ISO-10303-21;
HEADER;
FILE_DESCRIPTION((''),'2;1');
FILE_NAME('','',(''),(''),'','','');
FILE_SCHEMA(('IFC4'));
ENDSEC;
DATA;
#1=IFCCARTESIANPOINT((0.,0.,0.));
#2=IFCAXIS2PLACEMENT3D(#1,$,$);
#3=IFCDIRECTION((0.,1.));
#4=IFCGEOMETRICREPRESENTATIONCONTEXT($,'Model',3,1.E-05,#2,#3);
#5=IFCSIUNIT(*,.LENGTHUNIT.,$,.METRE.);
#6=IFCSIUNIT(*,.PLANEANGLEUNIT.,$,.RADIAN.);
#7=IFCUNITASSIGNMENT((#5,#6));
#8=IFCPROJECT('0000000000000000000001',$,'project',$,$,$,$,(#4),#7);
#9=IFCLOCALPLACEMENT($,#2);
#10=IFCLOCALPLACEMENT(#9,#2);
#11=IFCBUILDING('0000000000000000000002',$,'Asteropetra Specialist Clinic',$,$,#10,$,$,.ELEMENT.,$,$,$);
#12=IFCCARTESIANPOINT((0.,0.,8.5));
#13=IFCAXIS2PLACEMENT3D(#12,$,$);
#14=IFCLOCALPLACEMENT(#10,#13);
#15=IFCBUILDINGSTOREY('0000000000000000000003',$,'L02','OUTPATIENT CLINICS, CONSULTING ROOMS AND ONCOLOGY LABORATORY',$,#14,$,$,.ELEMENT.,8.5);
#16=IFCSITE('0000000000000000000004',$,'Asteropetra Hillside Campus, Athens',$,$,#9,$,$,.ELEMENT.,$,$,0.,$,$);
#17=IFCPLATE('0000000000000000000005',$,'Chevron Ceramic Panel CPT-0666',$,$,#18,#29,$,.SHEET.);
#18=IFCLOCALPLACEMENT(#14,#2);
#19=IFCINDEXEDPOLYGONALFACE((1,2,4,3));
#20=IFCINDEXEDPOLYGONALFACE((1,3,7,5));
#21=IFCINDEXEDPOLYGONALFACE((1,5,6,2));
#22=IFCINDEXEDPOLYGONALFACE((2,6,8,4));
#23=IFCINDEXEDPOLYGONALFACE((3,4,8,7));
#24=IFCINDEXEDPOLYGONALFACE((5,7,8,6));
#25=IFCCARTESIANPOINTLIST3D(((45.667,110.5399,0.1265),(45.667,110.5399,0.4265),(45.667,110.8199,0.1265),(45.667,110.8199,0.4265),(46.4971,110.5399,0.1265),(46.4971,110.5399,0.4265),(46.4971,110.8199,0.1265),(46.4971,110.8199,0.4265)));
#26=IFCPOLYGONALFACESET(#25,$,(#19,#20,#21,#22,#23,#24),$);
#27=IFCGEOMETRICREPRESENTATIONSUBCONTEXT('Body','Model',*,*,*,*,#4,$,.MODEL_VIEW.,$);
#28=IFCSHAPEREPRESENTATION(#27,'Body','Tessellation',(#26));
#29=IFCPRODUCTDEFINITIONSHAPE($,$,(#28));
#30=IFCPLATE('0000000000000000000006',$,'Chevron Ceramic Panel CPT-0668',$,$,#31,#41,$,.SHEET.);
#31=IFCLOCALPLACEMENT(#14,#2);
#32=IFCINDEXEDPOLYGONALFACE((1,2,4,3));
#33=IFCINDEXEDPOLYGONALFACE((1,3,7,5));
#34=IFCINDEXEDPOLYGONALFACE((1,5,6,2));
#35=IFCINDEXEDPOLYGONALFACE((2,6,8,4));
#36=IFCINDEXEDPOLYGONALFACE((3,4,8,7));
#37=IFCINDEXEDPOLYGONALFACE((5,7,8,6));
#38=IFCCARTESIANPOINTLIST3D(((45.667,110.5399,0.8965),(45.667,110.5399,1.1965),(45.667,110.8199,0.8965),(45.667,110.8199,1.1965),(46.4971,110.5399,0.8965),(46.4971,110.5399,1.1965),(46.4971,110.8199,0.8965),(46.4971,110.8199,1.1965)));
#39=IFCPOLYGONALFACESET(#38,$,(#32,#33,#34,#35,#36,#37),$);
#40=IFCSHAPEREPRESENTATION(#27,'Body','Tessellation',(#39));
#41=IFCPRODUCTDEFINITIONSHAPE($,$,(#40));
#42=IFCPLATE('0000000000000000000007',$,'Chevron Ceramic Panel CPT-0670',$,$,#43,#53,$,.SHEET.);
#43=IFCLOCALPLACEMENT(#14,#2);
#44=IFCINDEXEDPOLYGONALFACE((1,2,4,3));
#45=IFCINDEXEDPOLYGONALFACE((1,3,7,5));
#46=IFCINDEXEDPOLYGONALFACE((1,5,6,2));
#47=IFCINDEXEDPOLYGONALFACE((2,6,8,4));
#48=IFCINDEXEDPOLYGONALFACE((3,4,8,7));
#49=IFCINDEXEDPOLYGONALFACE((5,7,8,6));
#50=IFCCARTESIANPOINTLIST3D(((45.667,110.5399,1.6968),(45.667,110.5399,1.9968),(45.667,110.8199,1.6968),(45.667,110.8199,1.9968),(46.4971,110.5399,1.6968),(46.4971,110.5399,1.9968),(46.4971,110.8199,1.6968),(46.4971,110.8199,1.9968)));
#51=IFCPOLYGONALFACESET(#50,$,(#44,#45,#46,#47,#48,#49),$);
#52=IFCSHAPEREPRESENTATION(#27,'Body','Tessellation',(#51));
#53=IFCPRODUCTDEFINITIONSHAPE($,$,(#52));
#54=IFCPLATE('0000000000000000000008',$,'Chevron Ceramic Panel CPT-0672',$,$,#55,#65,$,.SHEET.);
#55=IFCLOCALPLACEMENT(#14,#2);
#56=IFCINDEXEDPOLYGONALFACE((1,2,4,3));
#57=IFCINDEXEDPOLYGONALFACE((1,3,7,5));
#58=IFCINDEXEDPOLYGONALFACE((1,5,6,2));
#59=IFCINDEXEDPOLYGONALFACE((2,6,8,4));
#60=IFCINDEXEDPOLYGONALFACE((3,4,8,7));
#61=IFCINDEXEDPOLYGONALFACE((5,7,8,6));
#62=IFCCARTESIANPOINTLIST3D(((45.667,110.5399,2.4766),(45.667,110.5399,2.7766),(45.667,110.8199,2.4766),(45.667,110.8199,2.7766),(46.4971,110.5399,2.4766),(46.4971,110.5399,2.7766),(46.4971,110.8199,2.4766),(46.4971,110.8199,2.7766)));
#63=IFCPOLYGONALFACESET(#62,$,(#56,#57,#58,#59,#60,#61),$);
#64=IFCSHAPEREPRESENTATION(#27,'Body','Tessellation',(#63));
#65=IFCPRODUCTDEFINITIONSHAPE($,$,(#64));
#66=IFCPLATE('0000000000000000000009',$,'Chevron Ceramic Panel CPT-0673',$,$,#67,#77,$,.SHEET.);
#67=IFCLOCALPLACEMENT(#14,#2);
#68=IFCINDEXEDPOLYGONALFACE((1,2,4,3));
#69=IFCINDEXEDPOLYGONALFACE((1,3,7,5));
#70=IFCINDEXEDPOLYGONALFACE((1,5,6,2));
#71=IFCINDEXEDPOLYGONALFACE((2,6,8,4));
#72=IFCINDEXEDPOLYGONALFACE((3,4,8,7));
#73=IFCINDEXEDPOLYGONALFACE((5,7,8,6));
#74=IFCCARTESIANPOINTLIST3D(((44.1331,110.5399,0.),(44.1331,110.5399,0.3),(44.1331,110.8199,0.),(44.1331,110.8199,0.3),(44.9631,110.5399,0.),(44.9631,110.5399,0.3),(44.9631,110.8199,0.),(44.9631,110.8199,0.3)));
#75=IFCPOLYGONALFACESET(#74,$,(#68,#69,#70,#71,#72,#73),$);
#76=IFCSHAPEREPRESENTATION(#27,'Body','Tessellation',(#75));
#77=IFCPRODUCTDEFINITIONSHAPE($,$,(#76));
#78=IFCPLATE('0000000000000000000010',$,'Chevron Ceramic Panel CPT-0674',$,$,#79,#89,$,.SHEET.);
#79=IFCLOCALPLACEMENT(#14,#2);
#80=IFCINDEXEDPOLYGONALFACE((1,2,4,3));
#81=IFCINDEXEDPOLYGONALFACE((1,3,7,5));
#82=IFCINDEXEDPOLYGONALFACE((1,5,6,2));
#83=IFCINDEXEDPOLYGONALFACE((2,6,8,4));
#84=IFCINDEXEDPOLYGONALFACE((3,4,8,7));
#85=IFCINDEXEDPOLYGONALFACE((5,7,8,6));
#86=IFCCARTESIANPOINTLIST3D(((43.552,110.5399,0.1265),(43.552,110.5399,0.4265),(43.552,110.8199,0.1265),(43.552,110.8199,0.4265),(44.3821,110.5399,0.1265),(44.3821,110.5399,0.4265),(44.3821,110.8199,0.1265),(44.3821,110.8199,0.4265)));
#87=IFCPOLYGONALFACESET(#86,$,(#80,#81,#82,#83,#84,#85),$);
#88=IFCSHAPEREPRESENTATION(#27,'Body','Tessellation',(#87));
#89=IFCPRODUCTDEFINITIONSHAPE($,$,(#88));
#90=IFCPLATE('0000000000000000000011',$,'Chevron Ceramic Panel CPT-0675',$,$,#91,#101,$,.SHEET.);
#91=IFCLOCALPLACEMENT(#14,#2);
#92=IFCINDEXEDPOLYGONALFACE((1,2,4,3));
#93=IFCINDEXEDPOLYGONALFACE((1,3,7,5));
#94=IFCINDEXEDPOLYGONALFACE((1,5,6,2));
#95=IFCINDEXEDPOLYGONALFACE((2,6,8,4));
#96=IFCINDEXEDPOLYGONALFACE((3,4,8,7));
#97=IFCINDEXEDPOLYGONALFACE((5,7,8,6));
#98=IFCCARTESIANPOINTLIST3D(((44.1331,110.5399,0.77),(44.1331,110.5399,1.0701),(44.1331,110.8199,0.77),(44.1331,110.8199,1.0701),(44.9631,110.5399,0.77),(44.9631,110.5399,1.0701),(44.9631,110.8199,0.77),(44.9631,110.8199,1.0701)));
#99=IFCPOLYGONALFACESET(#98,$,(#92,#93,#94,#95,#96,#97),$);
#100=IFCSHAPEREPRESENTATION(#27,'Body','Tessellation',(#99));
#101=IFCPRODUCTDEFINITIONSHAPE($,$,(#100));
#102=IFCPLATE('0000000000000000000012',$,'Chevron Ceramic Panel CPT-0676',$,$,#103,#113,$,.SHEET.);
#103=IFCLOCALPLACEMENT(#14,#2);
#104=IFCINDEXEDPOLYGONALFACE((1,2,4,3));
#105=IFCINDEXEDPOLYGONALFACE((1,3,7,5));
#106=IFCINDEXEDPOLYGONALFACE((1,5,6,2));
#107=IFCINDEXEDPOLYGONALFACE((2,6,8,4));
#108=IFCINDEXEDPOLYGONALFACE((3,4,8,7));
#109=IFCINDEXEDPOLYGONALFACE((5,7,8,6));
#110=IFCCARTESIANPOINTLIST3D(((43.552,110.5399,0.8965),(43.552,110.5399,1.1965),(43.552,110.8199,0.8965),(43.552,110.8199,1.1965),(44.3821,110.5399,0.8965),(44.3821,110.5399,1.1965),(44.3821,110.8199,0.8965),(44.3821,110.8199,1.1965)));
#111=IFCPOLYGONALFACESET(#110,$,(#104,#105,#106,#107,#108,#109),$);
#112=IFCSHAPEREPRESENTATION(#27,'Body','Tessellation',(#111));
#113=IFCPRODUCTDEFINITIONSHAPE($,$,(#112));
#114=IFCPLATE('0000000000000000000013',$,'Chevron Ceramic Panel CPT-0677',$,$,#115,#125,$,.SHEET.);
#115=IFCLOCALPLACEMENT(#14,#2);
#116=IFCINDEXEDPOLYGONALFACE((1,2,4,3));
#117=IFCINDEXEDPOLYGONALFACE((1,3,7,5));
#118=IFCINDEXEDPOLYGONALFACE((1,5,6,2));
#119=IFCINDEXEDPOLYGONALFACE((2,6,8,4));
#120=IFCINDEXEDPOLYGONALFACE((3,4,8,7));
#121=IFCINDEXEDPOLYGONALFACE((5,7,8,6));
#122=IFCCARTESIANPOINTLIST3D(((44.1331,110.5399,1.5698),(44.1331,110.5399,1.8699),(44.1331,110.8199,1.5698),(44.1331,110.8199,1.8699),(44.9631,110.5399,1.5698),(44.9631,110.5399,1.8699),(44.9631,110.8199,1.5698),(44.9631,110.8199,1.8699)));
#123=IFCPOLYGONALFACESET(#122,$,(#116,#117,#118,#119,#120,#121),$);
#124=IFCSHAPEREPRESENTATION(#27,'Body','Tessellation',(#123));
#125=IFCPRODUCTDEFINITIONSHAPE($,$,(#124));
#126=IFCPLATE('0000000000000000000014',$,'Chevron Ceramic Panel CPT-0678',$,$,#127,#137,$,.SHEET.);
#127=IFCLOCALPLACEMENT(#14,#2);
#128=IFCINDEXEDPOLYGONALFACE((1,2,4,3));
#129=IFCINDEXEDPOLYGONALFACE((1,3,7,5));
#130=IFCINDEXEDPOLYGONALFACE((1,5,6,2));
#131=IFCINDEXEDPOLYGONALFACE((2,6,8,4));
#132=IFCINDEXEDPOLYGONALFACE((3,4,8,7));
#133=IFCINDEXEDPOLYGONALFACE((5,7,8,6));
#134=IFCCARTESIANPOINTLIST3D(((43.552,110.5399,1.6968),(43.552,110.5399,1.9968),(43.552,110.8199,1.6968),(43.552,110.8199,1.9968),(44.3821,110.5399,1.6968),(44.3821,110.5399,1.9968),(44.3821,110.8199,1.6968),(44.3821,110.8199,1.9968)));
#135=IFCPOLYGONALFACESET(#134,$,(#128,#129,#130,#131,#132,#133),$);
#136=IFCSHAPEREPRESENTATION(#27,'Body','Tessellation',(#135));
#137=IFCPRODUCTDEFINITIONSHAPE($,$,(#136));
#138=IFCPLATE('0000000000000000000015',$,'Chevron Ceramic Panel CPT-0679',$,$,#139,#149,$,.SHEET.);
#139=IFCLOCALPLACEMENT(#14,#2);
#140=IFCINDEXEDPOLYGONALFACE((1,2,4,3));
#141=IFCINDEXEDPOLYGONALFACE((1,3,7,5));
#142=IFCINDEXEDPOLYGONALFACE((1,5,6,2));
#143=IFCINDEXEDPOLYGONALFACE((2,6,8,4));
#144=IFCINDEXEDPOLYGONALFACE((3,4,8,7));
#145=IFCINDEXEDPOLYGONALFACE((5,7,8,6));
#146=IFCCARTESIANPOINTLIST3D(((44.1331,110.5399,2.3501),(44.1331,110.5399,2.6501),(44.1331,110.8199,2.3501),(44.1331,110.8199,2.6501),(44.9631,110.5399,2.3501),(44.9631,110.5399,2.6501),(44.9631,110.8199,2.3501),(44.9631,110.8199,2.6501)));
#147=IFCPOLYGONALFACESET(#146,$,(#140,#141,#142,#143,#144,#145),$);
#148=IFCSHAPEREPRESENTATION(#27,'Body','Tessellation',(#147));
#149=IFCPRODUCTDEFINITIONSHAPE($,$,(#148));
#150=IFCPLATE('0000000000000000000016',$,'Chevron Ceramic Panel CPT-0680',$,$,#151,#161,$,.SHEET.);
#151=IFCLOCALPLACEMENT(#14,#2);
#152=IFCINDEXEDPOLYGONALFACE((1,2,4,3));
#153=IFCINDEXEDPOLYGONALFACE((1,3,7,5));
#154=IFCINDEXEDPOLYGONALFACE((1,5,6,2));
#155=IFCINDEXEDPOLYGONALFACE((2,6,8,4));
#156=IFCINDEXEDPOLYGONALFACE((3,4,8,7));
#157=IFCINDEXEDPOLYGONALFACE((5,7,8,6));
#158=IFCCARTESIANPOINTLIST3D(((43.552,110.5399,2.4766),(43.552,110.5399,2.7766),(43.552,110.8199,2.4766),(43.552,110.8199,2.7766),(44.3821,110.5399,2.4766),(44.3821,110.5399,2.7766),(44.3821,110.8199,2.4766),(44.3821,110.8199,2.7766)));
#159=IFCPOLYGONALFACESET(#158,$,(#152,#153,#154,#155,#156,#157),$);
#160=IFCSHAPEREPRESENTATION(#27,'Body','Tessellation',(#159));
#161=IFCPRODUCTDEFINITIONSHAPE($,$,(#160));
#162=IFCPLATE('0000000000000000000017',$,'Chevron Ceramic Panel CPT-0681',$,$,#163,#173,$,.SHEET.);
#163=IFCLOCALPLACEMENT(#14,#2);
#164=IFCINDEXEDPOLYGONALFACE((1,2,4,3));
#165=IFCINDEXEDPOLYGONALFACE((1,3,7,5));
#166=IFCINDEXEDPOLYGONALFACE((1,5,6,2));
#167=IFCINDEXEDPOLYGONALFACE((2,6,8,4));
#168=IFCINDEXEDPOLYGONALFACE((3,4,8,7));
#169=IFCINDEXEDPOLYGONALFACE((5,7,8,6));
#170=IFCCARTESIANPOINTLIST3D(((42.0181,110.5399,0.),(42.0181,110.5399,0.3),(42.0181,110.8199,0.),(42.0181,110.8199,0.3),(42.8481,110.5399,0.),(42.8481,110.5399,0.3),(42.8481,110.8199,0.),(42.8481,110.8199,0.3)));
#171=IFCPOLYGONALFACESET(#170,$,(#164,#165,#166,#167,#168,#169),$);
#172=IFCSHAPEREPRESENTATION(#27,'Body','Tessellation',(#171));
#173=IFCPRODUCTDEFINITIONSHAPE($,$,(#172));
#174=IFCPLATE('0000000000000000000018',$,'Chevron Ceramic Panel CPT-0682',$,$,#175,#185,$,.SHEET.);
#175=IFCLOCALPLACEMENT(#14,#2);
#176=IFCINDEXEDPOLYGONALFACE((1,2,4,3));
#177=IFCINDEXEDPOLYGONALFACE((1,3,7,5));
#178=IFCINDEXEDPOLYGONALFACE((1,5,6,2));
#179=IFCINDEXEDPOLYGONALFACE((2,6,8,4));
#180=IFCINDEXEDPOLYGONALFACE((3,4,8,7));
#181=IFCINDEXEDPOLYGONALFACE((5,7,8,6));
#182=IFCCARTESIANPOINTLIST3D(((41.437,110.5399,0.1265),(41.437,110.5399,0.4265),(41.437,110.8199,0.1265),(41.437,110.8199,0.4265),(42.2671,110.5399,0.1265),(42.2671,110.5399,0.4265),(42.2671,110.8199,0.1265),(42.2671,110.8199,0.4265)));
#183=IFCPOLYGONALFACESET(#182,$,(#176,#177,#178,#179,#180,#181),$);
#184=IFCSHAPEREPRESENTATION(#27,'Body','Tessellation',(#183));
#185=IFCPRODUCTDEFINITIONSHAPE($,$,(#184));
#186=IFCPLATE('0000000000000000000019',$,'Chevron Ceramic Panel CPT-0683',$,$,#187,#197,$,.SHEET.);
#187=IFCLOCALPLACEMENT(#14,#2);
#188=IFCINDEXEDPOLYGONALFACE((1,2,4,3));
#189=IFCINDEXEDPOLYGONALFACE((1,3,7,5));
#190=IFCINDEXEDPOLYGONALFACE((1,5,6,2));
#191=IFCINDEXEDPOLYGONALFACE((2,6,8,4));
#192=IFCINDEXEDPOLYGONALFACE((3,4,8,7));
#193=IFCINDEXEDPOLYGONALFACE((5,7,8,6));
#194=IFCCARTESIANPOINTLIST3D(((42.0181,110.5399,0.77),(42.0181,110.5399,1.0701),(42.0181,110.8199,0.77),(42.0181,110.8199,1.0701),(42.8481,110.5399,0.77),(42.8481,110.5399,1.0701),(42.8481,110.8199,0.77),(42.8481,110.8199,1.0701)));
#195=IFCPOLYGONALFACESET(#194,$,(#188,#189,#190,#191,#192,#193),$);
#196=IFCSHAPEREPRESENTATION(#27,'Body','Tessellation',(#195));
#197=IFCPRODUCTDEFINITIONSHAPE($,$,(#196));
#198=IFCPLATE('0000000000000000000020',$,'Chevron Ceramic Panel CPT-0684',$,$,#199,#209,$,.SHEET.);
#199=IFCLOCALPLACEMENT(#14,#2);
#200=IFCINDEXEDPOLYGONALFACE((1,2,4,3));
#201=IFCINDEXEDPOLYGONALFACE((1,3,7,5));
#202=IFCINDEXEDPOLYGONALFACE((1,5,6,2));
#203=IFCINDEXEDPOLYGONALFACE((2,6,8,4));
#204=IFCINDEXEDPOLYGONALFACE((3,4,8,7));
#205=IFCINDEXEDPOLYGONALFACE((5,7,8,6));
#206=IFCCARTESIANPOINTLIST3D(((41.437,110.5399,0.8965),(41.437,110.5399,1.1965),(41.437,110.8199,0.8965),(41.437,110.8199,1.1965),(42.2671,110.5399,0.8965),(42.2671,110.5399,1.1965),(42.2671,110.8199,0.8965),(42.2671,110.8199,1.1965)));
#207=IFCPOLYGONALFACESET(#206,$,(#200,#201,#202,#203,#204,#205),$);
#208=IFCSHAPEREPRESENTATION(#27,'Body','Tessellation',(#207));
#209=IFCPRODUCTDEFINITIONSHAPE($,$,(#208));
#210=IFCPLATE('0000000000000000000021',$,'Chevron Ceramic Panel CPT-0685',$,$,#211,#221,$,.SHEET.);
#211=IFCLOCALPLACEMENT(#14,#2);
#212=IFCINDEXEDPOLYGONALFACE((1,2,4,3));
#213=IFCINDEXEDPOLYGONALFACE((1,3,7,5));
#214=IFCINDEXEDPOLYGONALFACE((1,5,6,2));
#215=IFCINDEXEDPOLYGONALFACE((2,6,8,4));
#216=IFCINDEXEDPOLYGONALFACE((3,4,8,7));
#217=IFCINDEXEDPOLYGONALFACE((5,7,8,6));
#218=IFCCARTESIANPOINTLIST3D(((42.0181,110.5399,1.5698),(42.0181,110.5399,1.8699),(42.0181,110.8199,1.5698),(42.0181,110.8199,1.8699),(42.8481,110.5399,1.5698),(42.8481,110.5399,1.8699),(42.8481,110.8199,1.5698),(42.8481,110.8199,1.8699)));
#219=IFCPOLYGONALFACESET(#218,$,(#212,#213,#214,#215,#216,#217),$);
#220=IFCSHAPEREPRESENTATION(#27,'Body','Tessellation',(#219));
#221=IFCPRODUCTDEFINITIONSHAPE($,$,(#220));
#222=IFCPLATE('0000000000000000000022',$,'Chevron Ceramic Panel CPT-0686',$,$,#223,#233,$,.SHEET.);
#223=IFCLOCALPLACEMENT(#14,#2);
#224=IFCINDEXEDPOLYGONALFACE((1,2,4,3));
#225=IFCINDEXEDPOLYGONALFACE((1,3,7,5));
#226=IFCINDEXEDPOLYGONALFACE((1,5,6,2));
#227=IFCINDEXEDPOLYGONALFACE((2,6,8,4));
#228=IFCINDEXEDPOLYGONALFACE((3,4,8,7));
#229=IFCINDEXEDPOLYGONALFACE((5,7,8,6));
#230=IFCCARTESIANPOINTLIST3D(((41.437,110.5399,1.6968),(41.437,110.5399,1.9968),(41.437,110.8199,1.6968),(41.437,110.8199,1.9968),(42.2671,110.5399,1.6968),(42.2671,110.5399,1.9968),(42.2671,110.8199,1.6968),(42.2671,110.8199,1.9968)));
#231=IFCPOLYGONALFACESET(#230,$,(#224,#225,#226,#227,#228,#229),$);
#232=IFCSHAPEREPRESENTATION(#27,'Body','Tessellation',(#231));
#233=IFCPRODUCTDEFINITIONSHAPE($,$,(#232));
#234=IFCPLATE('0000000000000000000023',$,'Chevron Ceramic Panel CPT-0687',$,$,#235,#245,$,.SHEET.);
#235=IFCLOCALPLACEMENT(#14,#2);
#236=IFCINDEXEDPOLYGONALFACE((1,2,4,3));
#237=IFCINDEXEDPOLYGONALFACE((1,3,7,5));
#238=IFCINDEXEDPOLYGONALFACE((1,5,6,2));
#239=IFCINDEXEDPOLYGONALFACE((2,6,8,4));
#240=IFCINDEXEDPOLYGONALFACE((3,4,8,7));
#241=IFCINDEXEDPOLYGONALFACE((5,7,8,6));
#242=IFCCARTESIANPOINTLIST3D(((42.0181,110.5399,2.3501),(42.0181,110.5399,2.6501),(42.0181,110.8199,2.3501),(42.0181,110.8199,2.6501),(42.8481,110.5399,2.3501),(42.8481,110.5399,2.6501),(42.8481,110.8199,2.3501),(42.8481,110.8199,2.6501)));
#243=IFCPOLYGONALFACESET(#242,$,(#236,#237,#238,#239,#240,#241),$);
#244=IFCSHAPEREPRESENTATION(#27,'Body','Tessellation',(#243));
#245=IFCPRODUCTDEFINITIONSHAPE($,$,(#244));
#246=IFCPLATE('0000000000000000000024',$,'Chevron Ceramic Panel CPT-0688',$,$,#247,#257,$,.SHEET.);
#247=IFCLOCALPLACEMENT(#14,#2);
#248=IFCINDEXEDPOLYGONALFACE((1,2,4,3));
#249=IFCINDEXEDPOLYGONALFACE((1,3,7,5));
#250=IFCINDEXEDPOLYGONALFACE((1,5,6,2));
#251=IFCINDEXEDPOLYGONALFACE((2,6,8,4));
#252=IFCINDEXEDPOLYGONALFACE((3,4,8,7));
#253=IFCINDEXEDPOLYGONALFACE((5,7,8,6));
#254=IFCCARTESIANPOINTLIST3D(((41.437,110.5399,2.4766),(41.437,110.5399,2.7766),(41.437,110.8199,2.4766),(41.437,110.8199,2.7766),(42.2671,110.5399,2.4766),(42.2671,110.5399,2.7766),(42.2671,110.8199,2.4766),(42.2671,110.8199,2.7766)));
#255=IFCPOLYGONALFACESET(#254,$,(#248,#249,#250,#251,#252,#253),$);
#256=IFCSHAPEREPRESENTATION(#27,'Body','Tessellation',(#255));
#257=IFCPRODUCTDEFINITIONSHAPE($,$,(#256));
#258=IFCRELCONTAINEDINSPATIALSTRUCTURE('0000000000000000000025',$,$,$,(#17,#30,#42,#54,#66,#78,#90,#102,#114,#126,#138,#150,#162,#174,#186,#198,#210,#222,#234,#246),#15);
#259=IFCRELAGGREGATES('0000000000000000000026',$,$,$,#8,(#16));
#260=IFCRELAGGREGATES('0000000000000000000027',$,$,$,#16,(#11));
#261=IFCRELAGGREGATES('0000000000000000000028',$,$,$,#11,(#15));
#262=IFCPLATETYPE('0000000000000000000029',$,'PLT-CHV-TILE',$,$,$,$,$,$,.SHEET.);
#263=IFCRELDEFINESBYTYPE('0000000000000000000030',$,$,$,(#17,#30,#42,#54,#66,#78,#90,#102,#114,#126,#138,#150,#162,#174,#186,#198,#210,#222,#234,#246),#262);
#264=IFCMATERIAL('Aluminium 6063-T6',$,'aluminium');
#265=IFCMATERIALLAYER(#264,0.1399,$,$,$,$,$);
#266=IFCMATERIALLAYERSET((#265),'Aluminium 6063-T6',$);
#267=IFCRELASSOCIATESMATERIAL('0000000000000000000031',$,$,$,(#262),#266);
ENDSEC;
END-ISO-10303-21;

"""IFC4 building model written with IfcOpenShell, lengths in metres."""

from ifc_helpers import new_model, si_unit, direction, frame, origin, origin_2d, place, context, subcontext, project, spatial, rectangle, extrude, material, layer, layer_set, type_object, element, save


model = new_model("IFC4")

# Units and contexts
model_context = context("Model", 3, precision=1e-05, world=origin(), true_north=direction((0.0, 1.0)))
body_context = subcontext(model_context, "Body", "Model", "MODEL_VIEW")
ifc_project = project(units=[si_unit("LENGTHUNIT", "METRE"), si_unit("PLANEANGLEUNIT", "RADIAN")], contexts=[model_context])

# Site, building, storey
site_placement = place(None, origin())
site = spatial("IfcSite", under=ifc_project, at=site_placement, Name="Asteropetra Hillside Campus, Athens", CompositionType="ELEMENT", RefElevation=0.0)
building_placement = place(site_placement, origin())
building = spatial("IfcBuilding", under=site, at=building_placement, Name="Asteropetra Specialist Clinic", CompositionType="ELEMENT")
storey_placement = place(building_placement, frame((0.0, 0.0, 8.5)))
storey = spatial("IfcBuildingStorey", under=building, at=storey_placement, Name="L02", Description="OUTPATIENT CLINICS, CONSULTING ROOMS AND ONCOLOGY LABORATORY", CompositionType="ELEMENT", Elevation=8.5)

# Plates
ifc_material_1 = material(Name="Aluminium 6063-T6", Category="aluminium")
ifc_layer_1 = layer(ifc_material_1, 0.1399)
ifc_layer_set_1 = layer_set([ifc_layer_1], Name="Aluminium 6063-T6")
plate_type = type_object("IfcPlateType", Name="PLT-CHV-TILE", PredefinedType="SHEET", material=ifc_layer_set_1)
for number, where, z_axis, x_axis, name in (
    (1, (46.082, 110.6799, 0.1265), (0.0, 0.0, 1.0), (1.0, 0.0, 0.0), "Chevron Ceramic Panel CPT-0666"),
    (2, (46.082, 110.6799, 0.8965), (0.0, 0.0, 1.0), (1.0, 0.0, 0.0), "Chevron Ceramic Panel CPT-0668"),
    (3, (46.082, 110.6799, 1.6968), (0.0, 0.0, 1.0), (1.0, 0.0, 0.0), "Chevron Ceramic Panel CPT-0670"),
    (4, (46.082, 110.6799, 2.4766), (0.0, 0.0, 1.0), (1.0, 0.0, 0.0), "Chevron Ceramic Panel CPT-0672"),
    (5, (44.5481, 110.6799, 0.0), (0.0, 0.0, 1.0), (1.0, 0.0, 0.0), "Chevron Ceramic Panel CPT-0673"),
    (6, (43.967, 110.6799, 0.1265), (0.0, 0.0, 1.0), (1.0, 0.0, 0.0), "Chevron Ceramic Panel CPT-0674"),
    (7, (44.5481, 110.6799, 0.77), (0.0, 0.0, 1.0), (1.0, 0.0, 0.0), "Chevron Ceramic Panel CPT-0675"),
    (8, (43.967, 110.6799, 0.8965), (0.0, 0.0, 1.0), (1.0, 0.0, 0.0), "Chevron Ceramic Panel CPT-0676"),
    (9, (44.5481, 110.6799, 1.5698), (0.0, 0.0, 1.0), (1.0, 0.0, 0.0), "Chevron Ceramic Panel CPT-0677"),
    (10, (43.967, 110.6799, 1.6968), (0.0, 0.0, 1.0), (1.0, 0.0, 0.0), "Chevron Ceramic Panel CPT-0678"),
    (11, (44.5481, 110.6799, 2.3501), (0.0, 0.0, 1.0), (1.0, 0.0, 0.0), "Chevron Ceramic Panel CPT-0679"),
    (12, (43.967, 110.6799, 2.4766), (0.0, 0.0, 1.0), (1.0, 0.0, 0.0), "Chevron Ceramic Panel CPT-0680"),
    (13, (42.4331, 110.6799, 0.0), (0.0, 0.0, 1.0), (1.0, 0.0, 0.0), "Chevron Ceramic Panel CPT-0681"),
    (14, (41.8521, 110.6799, 0.1265), (0.0, 0.0, 1.0), (1.0, 0.0, 0.0), "Chevron Ceramic Panel CPT-0682"),
    (15, (42.4331, 110.6799, 0.77), (0.0, 0.0, 1.0), (1.0, 0.0, 0.0), "Chevron Ceramic Panel CPT-0683"),
    (16, (41.8521, 110.6799, 0.8965), (0.0, 0.0, 1.0), (1.0, 0.0, 0.0), "Chevron Ceramic Panel CPT-0684"),
    (17, (42.4331, 110.6799, 1.5698), (0.0, 0.0, 1.0), (1.0, 0.0, 0.0), "Chevron Ceramic Panel CPT-0685"),
    (18, (41.8521, 110.6799, 1.6968), (0.0, 0.0, 1.0), (1.0, 0.0, 0.0), "Chevron Ceramic Panel CPT-0686"),
    (19, (42.4331, 110.6799, 2.3501), (0.0, 0.0, 1.0), (1.0, 0.0, 0.0), "Chevron Ceramic Panel CPT-0687"),
    (20, (41.8521, 110.6799, 2.4766), (0.0, 0.0, 1.0), (1.0, 0.0, 0.0), "Chevron Ceramic Panel CPT-0688"),
):
    element("IfcPlate", number, at=place(storey_placement, frame(where, z_axis=z_axis, x_axis=x_axis)), inside=storey, type_object=plate_type, Name=name, PredefinedType="SHEET", context=body_context, shape_type="SweptSolid", body=[
        extrude(rectangle(XDim=0.8301, YDim=0.28, at=origin_2d()), origin(), (0.0, 0.0, 1.0), 0.3),
    ])

save(model, "model.ifc")
